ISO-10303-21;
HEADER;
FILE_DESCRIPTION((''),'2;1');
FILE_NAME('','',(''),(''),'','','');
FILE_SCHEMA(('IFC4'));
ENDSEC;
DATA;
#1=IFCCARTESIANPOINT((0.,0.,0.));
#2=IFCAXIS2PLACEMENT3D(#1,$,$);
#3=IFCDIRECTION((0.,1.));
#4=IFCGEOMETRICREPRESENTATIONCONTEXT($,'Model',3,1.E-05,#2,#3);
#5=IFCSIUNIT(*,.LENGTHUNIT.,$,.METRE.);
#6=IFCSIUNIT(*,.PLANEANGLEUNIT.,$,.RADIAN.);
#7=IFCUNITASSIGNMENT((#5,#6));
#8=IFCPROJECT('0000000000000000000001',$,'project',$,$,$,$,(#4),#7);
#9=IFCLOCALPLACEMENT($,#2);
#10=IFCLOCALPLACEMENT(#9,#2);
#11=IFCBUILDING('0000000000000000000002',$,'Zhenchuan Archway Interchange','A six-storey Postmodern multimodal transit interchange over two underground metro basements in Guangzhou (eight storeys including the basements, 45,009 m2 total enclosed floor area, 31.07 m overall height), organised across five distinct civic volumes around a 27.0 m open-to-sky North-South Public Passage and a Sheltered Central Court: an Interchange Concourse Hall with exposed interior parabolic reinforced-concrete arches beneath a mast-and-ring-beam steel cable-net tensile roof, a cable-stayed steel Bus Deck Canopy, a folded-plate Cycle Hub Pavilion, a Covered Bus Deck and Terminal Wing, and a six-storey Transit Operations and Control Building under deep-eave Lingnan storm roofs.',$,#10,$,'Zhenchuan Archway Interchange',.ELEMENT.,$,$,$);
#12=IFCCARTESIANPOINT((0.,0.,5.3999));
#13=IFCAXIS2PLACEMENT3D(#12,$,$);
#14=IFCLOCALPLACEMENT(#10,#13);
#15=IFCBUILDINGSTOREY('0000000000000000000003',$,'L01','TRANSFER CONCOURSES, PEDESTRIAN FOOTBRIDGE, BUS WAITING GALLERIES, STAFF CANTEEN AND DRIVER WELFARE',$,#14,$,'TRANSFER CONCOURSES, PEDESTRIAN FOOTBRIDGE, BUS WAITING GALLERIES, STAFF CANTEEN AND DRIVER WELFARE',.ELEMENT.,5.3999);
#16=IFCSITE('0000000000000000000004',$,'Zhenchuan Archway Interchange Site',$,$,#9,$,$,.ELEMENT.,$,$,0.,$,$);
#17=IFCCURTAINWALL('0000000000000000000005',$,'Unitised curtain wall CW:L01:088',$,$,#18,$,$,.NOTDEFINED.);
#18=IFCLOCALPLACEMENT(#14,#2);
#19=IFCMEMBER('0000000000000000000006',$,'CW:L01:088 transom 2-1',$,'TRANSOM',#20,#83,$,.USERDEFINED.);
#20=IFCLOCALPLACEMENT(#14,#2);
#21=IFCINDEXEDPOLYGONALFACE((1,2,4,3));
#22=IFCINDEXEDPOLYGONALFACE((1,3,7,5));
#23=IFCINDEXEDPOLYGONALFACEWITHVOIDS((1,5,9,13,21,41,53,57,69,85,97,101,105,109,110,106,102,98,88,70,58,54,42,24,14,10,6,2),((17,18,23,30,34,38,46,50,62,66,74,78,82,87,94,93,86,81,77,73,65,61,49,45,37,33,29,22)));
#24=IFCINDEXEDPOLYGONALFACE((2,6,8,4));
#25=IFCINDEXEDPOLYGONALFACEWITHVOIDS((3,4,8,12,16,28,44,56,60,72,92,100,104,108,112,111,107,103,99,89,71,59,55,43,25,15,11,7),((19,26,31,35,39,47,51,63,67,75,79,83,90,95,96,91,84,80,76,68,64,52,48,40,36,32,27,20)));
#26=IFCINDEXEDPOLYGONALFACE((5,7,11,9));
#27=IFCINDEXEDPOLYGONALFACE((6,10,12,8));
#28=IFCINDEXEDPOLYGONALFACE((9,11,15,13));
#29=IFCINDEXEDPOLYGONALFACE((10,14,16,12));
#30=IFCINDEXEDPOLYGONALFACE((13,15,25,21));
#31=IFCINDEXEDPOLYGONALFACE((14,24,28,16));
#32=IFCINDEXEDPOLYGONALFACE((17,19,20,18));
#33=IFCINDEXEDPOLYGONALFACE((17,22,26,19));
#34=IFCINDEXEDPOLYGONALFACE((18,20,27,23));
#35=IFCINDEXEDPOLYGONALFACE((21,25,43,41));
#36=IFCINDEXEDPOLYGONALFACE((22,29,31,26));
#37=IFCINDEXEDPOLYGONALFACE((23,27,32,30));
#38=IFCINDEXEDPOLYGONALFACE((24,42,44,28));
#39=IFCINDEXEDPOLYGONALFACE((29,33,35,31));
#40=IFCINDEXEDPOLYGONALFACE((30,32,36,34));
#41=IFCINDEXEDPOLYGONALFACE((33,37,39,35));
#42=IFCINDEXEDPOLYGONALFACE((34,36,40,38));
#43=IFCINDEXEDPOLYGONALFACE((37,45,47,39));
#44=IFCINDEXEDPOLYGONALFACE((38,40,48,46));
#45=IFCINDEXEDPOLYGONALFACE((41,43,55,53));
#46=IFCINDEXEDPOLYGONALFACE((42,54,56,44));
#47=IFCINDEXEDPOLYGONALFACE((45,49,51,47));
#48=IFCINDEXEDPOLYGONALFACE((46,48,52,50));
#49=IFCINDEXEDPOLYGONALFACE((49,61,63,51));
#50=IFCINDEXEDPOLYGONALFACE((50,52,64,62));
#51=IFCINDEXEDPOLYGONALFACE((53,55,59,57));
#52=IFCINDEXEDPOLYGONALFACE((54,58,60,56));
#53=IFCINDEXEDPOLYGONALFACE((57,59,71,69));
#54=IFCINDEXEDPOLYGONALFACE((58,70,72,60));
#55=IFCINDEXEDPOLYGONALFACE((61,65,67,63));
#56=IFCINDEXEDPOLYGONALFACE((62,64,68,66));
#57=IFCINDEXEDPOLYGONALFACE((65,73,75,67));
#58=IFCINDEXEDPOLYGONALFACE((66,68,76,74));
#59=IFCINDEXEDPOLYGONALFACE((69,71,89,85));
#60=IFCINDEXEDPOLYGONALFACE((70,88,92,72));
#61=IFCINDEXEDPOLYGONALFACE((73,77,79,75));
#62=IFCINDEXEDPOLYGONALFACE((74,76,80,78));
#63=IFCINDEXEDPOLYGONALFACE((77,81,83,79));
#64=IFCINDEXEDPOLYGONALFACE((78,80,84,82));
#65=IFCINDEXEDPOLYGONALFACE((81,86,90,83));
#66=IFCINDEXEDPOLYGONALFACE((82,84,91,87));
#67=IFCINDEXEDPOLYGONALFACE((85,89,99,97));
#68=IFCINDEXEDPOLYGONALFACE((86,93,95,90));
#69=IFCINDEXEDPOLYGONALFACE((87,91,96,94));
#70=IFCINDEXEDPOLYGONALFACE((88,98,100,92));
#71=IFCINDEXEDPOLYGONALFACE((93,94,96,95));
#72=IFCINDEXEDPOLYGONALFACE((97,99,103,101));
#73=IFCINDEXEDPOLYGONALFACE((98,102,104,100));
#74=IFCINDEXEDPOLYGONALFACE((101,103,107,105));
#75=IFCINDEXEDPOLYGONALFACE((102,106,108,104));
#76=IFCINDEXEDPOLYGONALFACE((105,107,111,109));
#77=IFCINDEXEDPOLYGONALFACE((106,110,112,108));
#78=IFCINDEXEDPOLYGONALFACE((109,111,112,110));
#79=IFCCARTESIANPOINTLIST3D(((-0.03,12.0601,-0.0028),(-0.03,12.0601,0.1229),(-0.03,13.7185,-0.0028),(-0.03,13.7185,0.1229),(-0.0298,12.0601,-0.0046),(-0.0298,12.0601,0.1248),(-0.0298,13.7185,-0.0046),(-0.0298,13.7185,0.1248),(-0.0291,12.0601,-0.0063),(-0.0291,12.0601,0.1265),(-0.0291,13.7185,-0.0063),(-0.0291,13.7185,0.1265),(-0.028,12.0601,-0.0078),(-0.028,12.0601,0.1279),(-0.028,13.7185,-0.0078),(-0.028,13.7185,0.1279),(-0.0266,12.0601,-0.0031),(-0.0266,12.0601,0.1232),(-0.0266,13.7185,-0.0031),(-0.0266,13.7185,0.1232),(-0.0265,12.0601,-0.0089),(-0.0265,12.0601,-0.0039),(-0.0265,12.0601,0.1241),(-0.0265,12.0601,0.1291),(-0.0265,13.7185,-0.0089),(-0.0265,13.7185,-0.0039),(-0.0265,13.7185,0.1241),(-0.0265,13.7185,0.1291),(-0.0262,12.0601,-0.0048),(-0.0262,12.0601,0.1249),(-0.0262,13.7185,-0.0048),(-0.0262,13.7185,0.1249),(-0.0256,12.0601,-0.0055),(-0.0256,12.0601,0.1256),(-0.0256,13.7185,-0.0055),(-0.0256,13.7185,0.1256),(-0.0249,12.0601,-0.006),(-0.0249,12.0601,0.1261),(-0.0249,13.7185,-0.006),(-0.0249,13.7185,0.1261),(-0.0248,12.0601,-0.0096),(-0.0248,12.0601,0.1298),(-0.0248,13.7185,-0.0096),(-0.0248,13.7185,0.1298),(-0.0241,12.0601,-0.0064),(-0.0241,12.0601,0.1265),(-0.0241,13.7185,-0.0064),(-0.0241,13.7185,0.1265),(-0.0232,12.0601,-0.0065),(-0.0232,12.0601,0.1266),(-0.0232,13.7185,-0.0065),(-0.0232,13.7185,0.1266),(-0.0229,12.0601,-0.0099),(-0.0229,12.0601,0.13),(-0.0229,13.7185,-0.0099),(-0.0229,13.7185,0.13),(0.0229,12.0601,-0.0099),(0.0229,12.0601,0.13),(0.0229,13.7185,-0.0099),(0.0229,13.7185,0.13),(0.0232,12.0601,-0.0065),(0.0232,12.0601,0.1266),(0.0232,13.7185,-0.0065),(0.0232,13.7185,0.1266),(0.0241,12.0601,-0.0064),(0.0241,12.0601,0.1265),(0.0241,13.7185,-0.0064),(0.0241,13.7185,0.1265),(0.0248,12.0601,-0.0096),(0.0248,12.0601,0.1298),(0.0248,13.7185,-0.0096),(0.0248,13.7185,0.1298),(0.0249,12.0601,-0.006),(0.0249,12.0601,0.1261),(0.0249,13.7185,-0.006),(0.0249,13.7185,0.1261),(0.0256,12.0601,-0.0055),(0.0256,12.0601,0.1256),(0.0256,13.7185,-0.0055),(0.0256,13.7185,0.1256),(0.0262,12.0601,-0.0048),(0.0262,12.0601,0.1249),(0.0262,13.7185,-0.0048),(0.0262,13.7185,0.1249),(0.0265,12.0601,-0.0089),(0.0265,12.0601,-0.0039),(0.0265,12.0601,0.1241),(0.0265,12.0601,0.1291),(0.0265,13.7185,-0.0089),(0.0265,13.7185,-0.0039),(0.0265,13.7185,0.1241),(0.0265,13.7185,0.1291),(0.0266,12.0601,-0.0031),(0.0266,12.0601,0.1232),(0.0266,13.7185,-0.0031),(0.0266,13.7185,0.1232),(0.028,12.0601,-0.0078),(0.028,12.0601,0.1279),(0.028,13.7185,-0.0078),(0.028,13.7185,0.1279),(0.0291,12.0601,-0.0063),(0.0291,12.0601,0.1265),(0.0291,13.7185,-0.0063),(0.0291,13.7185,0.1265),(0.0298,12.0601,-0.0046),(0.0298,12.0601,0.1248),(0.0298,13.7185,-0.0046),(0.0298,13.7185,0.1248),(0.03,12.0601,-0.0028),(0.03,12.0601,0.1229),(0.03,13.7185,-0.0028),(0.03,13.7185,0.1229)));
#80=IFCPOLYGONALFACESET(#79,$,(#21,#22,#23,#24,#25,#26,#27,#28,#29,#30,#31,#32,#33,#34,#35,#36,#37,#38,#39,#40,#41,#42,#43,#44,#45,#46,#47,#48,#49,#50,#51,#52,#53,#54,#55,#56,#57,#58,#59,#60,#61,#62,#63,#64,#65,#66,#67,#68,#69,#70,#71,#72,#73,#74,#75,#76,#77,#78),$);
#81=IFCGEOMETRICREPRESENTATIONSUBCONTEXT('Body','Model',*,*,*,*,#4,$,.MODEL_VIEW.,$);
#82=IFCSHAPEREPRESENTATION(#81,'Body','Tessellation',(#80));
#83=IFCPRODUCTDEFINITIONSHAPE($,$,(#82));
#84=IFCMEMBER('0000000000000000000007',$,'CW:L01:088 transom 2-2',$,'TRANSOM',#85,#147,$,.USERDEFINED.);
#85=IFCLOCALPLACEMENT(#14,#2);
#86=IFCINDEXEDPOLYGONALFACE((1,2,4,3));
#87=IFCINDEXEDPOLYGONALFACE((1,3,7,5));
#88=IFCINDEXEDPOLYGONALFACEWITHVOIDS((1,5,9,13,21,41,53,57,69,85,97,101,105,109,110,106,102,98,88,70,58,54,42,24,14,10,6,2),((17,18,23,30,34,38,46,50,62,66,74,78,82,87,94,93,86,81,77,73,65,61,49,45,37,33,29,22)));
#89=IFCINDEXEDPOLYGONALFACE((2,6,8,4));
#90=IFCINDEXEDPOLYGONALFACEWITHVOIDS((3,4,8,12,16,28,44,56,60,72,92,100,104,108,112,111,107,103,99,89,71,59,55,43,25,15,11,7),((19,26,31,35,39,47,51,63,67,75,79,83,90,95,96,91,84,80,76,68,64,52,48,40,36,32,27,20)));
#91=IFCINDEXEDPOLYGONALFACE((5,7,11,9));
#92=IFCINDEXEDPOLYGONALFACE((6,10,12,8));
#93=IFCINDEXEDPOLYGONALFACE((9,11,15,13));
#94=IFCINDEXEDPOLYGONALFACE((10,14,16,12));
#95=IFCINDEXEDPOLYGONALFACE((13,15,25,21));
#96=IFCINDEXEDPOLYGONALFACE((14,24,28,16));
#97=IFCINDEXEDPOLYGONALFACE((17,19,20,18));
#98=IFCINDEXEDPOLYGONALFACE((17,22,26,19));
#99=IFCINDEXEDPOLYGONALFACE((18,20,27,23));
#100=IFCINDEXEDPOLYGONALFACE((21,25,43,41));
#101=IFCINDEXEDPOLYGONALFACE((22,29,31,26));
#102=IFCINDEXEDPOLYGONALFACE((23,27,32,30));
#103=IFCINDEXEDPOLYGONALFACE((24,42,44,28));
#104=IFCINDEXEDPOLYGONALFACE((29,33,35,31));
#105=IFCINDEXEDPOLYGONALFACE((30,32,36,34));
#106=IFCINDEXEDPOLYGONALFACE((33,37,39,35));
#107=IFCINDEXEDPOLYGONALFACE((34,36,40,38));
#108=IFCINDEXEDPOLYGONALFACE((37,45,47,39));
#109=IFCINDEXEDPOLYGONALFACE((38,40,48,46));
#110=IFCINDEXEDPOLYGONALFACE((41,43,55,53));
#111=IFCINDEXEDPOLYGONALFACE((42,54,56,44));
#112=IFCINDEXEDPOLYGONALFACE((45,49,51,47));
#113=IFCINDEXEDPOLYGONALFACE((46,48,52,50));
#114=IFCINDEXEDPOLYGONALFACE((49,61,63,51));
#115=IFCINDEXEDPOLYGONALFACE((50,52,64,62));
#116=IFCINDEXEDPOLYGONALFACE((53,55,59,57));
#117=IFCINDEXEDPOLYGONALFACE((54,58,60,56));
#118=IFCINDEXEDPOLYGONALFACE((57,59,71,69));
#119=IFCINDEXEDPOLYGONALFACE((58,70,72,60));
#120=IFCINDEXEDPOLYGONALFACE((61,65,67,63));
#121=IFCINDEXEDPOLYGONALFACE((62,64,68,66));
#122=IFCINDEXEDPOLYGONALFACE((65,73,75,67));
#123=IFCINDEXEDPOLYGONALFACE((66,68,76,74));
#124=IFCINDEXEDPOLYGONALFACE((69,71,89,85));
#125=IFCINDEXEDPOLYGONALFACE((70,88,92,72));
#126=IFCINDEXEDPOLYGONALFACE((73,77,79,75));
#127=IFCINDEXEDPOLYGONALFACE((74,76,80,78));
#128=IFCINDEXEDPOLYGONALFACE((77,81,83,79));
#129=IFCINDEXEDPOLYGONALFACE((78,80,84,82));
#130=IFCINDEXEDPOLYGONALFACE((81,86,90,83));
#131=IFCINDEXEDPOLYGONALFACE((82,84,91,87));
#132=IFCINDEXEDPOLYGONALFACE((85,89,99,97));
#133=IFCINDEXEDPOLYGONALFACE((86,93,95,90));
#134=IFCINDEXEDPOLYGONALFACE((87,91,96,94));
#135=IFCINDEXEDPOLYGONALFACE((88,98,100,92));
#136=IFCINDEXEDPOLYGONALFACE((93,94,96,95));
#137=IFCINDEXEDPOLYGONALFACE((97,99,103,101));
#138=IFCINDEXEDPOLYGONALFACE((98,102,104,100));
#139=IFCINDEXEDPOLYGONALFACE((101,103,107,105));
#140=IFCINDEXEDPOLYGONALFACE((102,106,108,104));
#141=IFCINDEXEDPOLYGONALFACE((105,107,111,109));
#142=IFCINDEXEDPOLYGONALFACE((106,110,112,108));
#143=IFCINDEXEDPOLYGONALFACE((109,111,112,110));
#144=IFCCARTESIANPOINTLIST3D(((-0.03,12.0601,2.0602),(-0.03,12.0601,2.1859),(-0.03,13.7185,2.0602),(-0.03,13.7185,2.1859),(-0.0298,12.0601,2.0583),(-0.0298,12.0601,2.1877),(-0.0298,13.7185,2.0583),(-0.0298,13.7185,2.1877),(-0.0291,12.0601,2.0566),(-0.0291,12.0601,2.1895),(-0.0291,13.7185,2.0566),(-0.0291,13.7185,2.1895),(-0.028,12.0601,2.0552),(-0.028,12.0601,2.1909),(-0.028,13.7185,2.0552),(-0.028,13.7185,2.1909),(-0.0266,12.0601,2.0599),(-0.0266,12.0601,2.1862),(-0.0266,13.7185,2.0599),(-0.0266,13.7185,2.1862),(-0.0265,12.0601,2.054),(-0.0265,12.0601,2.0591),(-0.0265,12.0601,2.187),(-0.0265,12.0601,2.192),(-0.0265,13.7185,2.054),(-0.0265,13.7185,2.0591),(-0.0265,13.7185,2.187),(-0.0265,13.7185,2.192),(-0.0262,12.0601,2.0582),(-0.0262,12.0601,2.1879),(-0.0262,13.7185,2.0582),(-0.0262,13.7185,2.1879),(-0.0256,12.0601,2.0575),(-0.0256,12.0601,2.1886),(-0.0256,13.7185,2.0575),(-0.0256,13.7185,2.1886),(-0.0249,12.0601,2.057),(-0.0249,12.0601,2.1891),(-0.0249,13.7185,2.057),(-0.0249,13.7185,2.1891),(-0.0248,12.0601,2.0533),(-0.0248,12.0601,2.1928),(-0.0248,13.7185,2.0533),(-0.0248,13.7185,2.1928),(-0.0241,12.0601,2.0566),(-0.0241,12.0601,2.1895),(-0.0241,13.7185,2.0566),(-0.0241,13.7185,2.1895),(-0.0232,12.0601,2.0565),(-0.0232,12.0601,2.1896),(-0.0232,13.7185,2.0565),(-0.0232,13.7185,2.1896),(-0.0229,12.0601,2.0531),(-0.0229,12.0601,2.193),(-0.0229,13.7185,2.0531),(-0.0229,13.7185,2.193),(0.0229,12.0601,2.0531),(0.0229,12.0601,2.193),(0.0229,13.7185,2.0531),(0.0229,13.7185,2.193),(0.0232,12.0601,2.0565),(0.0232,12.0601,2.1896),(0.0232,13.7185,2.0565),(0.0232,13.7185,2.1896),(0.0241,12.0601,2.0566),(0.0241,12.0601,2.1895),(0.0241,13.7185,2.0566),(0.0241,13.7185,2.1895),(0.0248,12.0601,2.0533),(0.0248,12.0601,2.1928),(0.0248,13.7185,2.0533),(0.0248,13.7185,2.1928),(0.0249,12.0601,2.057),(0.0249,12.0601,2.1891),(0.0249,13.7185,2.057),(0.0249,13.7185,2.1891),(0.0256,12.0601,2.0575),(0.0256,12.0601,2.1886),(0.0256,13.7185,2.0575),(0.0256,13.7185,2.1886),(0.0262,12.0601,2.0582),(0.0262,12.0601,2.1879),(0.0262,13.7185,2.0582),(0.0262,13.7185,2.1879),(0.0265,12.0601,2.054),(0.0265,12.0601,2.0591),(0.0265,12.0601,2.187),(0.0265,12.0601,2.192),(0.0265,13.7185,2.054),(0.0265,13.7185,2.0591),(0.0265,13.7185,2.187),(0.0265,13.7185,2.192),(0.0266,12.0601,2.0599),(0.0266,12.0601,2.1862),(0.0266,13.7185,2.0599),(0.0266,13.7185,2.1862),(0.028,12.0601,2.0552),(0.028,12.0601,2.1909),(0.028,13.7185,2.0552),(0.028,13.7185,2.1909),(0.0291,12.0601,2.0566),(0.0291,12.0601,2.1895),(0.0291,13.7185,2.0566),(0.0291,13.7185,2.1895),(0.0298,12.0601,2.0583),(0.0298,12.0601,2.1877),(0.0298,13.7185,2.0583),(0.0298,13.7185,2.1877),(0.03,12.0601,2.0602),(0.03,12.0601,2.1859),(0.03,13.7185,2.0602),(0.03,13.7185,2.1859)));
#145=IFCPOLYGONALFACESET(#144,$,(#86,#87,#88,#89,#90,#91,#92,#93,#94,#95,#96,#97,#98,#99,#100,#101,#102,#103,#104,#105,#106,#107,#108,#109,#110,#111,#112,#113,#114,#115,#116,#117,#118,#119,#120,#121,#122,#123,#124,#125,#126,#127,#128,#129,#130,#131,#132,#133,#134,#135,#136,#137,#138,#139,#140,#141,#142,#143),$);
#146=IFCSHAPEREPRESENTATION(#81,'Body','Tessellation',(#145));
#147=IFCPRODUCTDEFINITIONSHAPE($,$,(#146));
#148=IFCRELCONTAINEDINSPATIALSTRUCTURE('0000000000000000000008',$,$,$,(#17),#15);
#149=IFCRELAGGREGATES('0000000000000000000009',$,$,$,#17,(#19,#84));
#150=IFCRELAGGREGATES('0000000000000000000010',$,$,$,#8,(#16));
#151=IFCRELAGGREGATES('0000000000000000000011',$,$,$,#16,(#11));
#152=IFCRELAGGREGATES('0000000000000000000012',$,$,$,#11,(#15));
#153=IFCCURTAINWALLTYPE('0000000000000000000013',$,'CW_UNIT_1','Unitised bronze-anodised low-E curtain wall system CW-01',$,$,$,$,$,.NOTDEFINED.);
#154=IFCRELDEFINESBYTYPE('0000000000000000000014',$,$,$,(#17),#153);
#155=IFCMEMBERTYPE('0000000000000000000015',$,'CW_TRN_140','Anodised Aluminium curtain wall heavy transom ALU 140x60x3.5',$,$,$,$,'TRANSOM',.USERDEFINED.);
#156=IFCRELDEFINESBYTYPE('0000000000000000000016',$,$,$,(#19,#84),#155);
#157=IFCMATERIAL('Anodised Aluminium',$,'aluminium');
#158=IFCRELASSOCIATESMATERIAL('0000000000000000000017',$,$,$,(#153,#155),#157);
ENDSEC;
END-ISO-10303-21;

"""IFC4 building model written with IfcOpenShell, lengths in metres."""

from ifc_helpers import new_model, si_unit, direction, frame, origin, origin_2d, place, context, subcontext, project, spatial, hollow_rectangle, extrude, material, material_profile, profile_set, type_object, element, aggregate, save


model = new_model("IFC4")

# Units and contexts
model_context = context("Model", 3, precision=1e-05, world=origin(), true_north=direction((0.0, 1.0)))
body_context = subcontext(model_context, "Body", "Model", "MODEL_VIEW")
ifc_project = project(units=[si_unit("LENGTHUNIT", "METRE"), si_unit("PLANEANGLEUNIT", "RADIAN")], contexts=[model_context])

# Site, building, storey
site_placement = place(None, origin())
site = spatial("IfcSite", under=ifc_project, at=site_placement, Name="Zhenchuan Archway Interchange Site", CompositionType="ELEMENT", RefElevation=0.0)
building_placement = place(site_placement, origin())
building = spatial("IfcBuilding", under=site, at=building_placement, Name="Zhenchuan Archway Interchange", Description="A six-storey Postmodern multimodal transit interchange over two underground metro basements in Guangzhou (eight storeys including the basements, 45,009 m2 total enclosed floor area, 31.07 m overall height), organised across five distinct civic volumes around a 27.0 m open-to-sky North-South Public Passage and a Sheltered Central Court: an Interchange Concourse Hall with exposed interior parabolic reinforced-concrete arches beneath a mast-and-ring-beam steel cable-net tensile roof, a cable-stayed steel Bus Deck Canopy, a folded-plate Cycle Hub Pavilion, a Covered Bus Deck and Terminal Wing, and a six-storey Transit Operations and Control Building under deep-eave Lingnan storm roofs.", LongName="Zhenchuan Archway Interchange", CompositionType="ELEMENT")
storey_placement = place(building_placement, frame((0.0, 0.0, 5.3999)))
storey = spatial("IfcBuildingStorey", under=building, at=storey_placement, Name="L01", Description="TRANSFER CONCOURSES, PEDESTRIAN FOOTBRIDGE, BUS WAITING GALLERIES, STAFF CANTEEN AND DRIVER WELFARE", LongName="TRANSFER CONCOURSES, PEDESTRIAN FOOTBRIDGE, BUS WAITING GALLERIES, STAFF CANTEEN AND DRIVER WELFARE", CompositionType="ELEMENT", Elevation=5.3999)

# Curtain wall
ifc_material_1 = material(Name="Anodised Aluminium", Category="aluminium")
curtain_wall_type_1 = type_object("IfcCurtainWallType", Name="CW_UNIT_1", Description="Unitised bronze-anodised low-E curtain wall system CW-01", PredefinedType="NOTDEFINED", material=ifc_material_1)
curtain_wall_1_placement = place(storey_placement, origin())
curtain_wall_1 = element("IfcCurtainWall", 1, at=curtain_wall_1_placement, inside=storey, type_object=curtain_wall_type_1, Name="Unitised curtain wall CW:L01:088", PredefinedType="NOTDEFINED")

# Members
ifc_material_profile_1 = material_profile(ifc_material_1, hollow_rectangle(XDim=0.0601, YDim=0.1399, WallThickness=0.0034, InnerFilletRadius=0.0034, OuterFilletRadius=0.0071, at=origin_2d()), Name="ALU 140x60x3.5")
ifc_profile_set_1 = profile_set([ifc_material_profile_1], Name="Anodised Aluminium")
member_type_1 = type_object("IfcMemberType", Name="CW_TRN_140", Description="Anodised Aluminium curtain wall heavy transom ALU 140x60x3.5", ElementType="TRANSOM", PredefinedType="USERDEFINED", material=ifc_profile_set_1)
member_1_placement = place(storey_placement, frame((0.0, 12.0601, 0.0601), z_axis=(0.0, 1.0, 0.0), x_axis=(-1.0, 0.0, 0.0)))
member_1 = element("IfcMember", 2, at=member_1_placement, type_object=member_type_1, Name="CW:L01:088 transom 2-1", ObjectType="TRANSOM", PredefinedType="USERDEFINED", context=body_context, shape_type="SweptSolid", body=[
    extrude(hollow_rectangle(XDim=0.0601, YDim=0.1399, WallThickness=0.0034, InnerFilletRadius=0.0034, OuterFilletRadius=0.0071, at=origin_2d()), origin(), (0.0, 0.0, 1.0), 1.6584),
])
member_2_placement = place(storey_placement, frame((0.0, 12.0601, 2.123), z_axis=(0.0, 1.0, 0.0), x_axis=(-1.0, 0.0, 0.0)))
member_2 = element("IfcMember", 3, at=member_2_placement, type_object=member_type_1, Name="CW:L01:088 transom 2-2", ObjectType="TRANSOM", PredefinedType="USERDEFINED", context=body_context, shape_type="SweptSolid", body=[
    extrude(hollow_rectangle(XDim=0.0601, YDim=0.1399, WallThickness=0.0034, InnerFilletRadius=0.0034, OuterFilletRadius=0.0071, at=origin_2d()), origin(), (0.0, 0.0, 1.0), 1.6584),
])

aggregate(curtain_wall_1, [member_1, member_2])

save(model, "model.ifc")
